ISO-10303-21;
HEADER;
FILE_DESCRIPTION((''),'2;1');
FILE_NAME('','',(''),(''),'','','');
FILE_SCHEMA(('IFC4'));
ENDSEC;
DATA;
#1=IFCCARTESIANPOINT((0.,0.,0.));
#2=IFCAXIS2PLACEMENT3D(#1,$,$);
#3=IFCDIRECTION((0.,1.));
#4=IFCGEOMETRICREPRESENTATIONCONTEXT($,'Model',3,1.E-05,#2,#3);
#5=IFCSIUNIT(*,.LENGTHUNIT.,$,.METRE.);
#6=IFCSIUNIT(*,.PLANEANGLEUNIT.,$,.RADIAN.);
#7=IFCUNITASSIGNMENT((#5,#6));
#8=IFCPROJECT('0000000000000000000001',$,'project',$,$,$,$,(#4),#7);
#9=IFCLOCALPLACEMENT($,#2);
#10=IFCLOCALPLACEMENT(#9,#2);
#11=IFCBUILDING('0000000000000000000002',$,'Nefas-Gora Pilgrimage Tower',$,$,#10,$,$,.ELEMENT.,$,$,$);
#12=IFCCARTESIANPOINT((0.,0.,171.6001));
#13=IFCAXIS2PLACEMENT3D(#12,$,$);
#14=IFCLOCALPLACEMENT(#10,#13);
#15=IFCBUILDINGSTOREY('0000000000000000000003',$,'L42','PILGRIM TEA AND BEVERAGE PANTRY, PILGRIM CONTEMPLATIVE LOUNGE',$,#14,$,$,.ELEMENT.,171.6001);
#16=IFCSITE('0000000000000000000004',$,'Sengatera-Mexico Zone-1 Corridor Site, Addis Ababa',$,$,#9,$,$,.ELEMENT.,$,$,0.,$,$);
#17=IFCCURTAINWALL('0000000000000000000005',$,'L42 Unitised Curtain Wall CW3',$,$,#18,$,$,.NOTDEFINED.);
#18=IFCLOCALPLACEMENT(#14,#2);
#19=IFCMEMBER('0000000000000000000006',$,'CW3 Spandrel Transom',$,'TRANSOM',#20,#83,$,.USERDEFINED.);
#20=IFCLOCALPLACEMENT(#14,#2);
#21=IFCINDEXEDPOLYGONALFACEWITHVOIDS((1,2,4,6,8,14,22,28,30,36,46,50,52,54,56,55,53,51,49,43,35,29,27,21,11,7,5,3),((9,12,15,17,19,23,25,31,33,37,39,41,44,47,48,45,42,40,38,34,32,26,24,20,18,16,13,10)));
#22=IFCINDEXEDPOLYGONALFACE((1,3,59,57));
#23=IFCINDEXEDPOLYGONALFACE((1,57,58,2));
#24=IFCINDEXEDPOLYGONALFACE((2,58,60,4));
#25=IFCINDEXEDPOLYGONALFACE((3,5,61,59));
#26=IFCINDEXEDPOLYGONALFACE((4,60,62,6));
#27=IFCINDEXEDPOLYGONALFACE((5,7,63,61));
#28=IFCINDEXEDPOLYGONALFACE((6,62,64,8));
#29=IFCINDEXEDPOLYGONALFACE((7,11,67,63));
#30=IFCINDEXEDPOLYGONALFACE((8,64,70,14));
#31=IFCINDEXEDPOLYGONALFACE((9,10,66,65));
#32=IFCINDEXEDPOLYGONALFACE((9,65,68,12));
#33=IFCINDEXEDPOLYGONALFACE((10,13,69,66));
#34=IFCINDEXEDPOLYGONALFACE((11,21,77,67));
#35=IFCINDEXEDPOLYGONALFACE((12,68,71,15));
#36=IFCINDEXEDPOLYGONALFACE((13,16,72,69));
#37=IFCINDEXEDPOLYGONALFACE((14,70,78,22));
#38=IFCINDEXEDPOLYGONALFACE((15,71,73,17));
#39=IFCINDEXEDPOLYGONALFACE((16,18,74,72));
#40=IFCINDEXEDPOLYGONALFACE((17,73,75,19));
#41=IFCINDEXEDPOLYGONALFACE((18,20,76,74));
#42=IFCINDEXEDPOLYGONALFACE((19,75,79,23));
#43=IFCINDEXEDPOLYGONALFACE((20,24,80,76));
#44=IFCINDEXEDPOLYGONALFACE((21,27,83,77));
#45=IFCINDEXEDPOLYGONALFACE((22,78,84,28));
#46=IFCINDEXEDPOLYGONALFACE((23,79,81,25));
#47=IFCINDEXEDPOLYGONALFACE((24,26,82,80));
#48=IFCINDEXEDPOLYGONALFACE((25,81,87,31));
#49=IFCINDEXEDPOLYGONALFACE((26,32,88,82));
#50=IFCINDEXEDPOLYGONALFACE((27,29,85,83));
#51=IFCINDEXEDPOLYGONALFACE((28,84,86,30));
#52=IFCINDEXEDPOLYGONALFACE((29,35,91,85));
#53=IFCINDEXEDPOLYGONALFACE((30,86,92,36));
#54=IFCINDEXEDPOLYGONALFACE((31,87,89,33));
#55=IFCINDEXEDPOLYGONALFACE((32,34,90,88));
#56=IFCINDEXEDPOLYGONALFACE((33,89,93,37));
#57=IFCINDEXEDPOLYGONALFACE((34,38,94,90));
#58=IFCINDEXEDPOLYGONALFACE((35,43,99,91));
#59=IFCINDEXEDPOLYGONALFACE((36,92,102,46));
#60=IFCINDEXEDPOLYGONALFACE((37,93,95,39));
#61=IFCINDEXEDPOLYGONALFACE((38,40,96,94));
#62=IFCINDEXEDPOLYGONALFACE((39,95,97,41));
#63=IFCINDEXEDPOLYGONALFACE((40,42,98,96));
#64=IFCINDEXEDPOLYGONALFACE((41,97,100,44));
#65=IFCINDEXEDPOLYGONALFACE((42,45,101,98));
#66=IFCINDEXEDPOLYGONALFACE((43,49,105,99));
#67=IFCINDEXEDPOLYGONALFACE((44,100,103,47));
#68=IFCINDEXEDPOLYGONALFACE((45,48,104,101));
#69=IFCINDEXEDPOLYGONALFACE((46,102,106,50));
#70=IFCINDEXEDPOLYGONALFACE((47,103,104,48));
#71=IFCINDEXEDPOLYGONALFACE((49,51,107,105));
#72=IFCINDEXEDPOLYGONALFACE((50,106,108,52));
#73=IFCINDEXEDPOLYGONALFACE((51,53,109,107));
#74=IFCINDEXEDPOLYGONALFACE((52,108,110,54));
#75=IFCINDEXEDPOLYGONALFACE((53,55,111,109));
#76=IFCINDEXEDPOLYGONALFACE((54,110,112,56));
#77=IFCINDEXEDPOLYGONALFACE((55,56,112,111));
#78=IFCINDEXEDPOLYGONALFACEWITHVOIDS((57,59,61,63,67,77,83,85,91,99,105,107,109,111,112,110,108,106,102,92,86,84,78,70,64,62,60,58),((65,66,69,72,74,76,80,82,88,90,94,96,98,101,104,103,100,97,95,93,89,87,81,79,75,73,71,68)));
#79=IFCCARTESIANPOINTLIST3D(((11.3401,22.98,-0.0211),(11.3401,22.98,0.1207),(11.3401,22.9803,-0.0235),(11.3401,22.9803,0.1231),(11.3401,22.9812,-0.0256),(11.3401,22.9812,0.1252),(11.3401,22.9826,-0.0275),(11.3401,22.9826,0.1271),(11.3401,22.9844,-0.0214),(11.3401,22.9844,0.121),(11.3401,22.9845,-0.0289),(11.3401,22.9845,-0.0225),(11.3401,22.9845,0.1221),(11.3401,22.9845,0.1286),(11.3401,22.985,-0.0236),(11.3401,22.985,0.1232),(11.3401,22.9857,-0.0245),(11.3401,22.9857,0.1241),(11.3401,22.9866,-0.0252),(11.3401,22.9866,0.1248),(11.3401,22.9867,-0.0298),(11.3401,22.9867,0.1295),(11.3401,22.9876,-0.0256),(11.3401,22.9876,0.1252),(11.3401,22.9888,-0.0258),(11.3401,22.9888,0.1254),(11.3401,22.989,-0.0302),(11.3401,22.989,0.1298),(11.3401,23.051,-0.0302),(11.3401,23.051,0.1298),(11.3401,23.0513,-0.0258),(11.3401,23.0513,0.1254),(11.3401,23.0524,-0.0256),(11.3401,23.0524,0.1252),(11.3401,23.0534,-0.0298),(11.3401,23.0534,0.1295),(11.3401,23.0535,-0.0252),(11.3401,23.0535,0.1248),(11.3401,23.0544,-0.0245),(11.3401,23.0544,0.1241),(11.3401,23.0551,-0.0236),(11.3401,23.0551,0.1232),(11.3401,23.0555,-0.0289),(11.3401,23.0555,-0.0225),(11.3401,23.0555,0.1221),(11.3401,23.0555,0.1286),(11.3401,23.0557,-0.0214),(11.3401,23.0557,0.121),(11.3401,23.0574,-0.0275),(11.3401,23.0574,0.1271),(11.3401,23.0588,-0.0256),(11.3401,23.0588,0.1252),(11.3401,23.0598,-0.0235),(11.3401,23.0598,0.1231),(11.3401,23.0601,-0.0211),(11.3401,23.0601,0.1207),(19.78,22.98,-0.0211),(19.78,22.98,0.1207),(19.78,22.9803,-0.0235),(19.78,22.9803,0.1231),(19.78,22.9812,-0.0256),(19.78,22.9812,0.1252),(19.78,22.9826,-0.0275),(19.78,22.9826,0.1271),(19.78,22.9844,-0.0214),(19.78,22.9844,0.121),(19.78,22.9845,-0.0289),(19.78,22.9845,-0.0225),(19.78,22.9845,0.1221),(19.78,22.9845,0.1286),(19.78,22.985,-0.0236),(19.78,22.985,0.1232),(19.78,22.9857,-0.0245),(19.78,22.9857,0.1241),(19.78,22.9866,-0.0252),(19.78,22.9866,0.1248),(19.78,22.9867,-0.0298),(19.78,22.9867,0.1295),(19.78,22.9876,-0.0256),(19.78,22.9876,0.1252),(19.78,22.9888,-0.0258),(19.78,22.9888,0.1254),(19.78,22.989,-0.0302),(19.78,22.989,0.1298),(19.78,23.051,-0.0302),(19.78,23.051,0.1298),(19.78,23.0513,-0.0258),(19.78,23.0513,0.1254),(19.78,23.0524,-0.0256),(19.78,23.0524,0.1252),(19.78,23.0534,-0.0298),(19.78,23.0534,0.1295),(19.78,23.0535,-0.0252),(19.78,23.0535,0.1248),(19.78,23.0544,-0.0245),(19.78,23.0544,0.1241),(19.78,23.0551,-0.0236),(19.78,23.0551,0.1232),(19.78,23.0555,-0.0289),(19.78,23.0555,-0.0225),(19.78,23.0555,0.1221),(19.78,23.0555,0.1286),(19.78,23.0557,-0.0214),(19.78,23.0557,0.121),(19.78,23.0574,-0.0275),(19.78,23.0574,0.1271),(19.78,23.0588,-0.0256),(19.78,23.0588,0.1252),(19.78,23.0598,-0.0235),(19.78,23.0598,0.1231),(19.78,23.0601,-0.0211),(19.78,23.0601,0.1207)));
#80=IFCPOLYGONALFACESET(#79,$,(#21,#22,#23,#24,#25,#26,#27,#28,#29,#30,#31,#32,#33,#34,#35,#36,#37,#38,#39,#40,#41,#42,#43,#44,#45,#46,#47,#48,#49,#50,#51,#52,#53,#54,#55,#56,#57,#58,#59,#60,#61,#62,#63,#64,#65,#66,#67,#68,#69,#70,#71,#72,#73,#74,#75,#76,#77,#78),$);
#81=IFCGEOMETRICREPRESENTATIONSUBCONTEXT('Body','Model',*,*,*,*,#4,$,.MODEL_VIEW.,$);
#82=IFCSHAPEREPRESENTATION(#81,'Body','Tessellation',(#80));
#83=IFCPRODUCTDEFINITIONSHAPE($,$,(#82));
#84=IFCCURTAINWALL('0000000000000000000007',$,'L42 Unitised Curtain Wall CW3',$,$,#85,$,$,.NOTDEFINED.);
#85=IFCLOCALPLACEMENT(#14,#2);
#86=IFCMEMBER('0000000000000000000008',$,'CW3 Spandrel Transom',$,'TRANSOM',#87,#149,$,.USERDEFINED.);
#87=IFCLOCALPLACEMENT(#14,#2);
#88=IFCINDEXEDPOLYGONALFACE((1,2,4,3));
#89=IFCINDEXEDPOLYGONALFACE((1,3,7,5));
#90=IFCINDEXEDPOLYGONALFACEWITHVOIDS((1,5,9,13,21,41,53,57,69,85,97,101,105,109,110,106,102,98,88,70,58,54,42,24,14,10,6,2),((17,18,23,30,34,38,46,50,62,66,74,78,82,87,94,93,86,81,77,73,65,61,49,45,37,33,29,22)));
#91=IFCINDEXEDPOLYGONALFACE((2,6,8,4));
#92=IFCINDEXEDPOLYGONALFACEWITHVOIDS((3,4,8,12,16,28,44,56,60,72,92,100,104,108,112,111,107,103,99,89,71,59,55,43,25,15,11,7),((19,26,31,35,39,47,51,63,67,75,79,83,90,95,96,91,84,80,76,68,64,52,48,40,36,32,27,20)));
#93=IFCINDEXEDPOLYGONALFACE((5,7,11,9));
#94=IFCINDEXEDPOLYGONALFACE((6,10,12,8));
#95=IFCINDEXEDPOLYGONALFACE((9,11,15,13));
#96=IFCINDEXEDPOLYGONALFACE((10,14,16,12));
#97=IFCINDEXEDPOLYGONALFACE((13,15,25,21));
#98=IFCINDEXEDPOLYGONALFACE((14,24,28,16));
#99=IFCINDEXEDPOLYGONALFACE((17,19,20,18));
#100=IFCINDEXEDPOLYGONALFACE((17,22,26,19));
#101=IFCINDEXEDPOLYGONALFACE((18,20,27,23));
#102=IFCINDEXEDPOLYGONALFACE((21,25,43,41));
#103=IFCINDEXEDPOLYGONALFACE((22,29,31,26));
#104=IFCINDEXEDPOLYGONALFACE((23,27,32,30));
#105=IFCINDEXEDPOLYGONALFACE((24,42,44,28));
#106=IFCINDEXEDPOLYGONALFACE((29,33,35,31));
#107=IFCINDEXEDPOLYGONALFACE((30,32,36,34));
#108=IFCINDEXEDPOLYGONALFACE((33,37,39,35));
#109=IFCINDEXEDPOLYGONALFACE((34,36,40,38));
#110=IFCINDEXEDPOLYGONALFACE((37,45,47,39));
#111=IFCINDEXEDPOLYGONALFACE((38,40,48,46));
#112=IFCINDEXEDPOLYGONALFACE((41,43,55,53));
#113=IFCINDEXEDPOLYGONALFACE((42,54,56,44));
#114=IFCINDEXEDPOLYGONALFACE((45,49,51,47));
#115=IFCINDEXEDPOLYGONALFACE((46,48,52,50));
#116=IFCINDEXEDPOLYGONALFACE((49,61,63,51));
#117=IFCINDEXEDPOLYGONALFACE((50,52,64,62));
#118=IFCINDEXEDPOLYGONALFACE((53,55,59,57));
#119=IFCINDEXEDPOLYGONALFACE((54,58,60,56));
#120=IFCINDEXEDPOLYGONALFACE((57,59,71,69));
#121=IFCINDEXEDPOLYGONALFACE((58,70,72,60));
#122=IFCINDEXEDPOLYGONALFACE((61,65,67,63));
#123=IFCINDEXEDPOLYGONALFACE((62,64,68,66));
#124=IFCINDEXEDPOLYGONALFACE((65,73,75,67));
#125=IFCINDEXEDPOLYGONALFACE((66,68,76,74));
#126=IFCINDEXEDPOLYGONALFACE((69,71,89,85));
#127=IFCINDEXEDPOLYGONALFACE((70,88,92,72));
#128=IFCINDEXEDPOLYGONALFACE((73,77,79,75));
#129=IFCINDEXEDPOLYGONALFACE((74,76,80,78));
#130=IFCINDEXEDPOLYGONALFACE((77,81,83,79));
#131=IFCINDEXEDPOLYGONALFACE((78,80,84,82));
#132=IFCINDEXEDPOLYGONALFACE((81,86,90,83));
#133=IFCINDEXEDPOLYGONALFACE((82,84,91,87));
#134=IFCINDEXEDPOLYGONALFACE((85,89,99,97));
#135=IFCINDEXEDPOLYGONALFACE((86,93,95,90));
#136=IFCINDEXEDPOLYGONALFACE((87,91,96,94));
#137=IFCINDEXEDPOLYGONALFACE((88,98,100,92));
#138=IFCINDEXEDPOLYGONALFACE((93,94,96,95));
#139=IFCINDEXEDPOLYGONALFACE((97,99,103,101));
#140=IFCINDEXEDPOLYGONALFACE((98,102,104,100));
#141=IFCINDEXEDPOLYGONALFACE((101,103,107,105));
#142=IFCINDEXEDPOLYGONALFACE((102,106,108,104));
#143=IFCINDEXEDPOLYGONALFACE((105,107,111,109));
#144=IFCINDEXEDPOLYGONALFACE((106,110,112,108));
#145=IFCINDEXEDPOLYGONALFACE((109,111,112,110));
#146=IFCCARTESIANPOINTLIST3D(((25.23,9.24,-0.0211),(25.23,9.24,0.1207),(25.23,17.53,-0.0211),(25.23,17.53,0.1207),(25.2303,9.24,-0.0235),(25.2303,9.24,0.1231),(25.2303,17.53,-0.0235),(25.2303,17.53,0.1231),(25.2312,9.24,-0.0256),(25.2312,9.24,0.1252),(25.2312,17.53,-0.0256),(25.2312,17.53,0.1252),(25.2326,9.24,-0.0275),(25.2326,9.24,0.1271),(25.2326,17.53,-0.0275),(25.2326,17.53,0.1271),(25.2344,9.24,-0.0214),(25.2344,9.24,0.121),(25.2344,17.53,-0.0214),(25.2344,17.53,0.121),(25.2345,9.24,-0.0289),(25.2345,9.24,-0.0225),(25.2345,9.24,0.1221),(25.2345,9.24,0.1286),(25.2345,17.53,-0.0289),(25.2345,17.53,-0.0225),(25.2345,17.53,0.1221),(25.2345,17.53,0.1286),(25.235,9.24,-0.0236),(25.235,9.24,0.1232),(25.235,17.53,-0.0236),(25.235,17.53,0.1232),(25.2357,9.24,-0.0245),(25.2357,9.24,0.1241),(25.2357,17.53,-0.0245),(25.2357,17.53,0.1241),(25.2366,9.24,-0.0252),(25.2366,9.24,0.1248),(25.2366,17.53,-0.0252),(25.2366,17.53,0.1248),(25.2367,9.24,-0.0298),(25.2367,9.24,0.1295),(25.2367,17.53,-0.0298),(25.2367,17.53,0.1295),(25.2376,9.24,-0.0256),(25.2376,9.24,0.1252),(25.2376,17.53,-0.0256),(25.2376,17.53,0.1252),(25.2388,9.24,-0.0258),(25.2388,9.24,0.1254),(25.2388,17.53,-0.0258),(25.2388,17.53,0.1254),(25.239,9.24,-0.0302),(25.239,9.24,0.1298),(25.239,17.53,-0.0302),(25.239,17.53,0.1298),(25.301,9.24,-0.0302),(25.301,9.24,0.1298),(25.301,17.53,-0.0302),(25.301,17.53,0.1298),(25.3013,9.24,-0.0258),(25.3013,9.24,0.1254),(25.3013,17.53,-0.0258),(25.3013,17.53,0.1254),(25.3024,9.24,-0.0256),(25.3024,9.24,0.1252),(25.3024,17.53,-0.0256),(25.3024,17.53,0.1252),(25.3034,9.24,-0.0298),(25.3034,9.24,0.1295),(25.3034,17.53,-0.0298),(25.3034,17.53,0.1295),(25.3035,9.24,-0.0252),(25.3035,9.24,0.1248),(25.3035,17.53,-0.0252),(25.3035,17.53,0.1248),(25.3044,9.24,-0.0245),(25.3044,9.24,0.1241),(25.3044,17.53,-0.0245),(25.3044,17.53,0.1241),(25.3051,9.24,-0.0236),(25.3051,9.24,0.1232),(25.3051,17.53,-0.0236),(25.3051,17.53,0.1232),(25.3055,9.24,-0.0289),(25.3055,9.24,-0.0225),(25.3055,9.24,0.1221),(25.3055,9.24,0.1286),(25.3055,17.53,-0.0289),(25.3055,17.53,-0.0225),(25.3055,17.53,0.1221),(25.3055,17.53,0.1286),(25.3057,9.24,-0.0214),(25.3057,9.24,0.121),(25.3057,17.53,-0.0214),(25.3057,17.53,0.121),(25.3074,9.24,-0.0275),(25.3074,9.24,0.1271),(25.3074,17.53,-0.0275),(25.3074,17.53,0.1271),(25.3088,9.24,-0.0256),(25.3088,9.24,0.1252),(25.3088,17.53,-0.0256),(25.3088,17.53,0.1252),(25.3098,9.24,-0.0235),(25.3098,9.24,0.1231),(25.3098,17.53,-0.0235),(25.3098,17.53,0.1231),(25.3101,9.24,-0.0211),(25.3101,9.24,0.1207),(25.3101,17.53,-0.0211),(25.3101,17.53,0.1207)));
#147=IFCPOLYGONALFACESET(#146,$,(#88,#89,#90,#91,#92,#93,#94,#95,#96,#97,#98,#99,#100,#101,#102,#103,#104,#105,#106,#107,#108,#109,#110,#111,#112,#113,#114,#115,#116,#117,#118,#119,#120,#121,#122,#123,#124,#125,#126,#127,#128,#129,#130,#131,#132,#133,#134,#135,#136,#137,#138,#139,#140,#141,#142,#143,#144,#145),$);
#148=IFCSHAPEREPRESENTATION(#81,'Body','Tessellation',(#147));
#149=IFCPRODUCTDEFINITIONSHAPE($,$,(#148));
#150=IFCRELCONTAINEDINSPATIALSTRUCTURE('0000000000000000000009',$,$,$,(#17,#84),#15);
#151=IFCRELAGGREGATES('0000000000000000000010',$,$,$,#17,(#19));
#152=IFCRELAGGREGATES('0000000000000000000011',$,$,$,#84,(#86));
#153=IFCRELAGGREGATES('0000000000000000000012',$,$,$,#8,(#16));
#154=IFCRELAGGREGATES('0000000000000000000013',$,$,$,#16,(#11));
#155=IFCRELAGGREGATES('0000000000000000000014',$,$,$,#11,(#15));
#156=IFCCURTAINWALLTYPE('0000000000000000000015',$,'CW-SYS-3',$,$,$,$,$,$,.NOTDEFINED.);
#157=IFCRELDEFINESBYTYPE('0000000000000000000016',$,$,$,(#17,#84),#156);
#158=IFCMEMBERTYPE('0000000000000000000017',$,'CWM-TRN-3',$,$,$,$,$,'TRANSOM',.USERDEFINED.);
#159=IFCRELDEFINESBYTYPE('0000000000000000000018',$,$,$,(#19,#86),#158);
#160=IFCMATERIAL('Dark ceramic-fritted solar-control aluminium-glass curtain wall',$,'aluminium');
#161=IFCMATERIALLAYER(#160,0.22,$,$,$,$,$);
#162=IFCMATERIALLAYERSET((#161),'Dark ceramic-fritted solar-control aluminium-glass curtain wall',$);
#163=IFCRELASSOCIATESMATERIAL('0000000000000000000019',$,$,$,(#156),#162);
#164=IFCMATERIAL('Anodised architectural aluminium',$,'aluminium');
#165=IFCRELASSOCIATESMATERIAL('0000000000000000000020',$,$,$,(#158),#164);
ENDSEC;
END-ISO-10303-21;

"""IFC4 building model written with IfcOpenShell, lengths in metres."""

from ifc_helpers import new_model, si_unit, direction, frame, origin, origin_2d, place, context, subcontext, project, spatial, hollow_rectangle, extrude, source, transform, mapped, material, layer, layer_set, material_profile, profile_set, type_object, element, aggregate, save


model = new_model("IFC4")

# Units and contexts
model_context = context("Model", 3, precision=1e-05, world=origin(), true_north=direction((0.0, 1.0)))
body_context = subcontext(model_context, "Body", "Model", "MODEL_VIEW")
ifc_project = project(units=[si_unit("LENGTHUNIT", "METRE"), si_unit("PLANEANGLEUNIT", "RADIAN")], contexts=[model_context])

# Site, building, storey
site_placement = place(None, origin())
site = spatial("IfcSite", under=ifc_project, at=site_placement, Name="Sengatera-Mexico Zone-1 Corridor Site, Addis Ababa", CompositionType="ELEMENT", RefElevation=0.0)
building_placement = place(site_placement, origin())
building = spatial("IfcBuilding", under=site, at=building_placement, Name="Nefas-Gora Pilgrimage Tower", CompositionType="ELEMENT")
storey_placement = place(building_placement, frame((0.0, 0.0, 171.6001)))
storey = spatial("IfcBuildingStorey", under=building, at=storey_placement, Name="L42", Description="PILGRIM TEA AND BEVERAGE PANTRY, PILGRIM CONTEMPLATIVE LOUNGE", CompositionType="ELEMENT", Elevation=171.6001)

# Curtain wall, member
ifc_material_1 = material(Name="Dark ceramic-fritted solar-control aluminium-glass curtain wall", Category="aluminium")
ifc_layer_1 = layer(ifc_material_1, 0.22)
ifc_layer_set_1 = layer_set([ifc_layer_1], Name="Dark ceramic-fritted solar-control aluminium-glass curtain wall")
curtain_wall_type = type_object("IfcCurtainWallType", Name="CW-SYS-3", PredefinedType="NOTDEFINED", material=ifc_layer_set_1)
curtain_wall_1_placement = place(storey_placement, origin())
curtain_wall_1 = element("IfcCurtainWall", 1, at=curtain_wall_1_placement, inside=storey, type_object=curtain_wall_type, Name="L42 Unitised Curtain Wall CW3", PredefinedType="NOTDEFINED")
ifc_material_2 = material(Name="Anodised architectural aluminium", Category="aluminium")
ifc_material_profile_1 = material_profile(ifc_material_2, hollow_rectangle(XDim=0.0801, YDim=0.1599, WallThickness=0.0044, InnerFilletRadius=0.0044, OuterFilletRadius=0.009, at=origin_2d()), Name="ALU TRANSOM 80x160")
ifc_profile_set_1 = profile_set([ifc_material_profile_1], Name="Anodised architectural aluminium")
member_type_1 = type_object("IfcMemberType", Name="CWM-TRN-3", ElementType="TRANSOM", PredefinedType="USERDEFINED", material=ifc_profile_set_1)
shared_shape_1 = source(origin(), body_context, "Body", "SweptSolid", [
    extrude(hollow_rectangle(XDim=0.0801, YDim=0.1599, WallThickness=0.0044, InnerFilletRadius=0.0044, OuterFilletRadius=0.009, at=origin_2d()), origin(), (0.0, 0.0, 1.0), 8.4399),
])
member_1_placement = place(storey_placement, frame((19.78, 23.02, 0.0498), z_axis=(-1.0, 0.0, 0.0), x_axis=(0.0, -1.0, 0.0)))
member_1 = element("IfcMember", 2, at=member_1_placement, type_object=member_type_1, Name="CW3 Spandrel Transom", ObjectType="TRANSOM", PredefinedType="USERDEFINED", context=body_context, shape_type="MappedRepresentation", body=[
    mapped(shared_shape_1, transform((0.0, 0.0, 0.0), x_axis=(1.0, 0.0, 0.0), y_axis=(0.0, 1.0, 0.0), z_axis=(0.0, 0.0, 1.0), scale=1.0)),
])

# Curtain wall, member
curtain_wall_2_placement = place(storey_placement, origin())
curtain_wall_2 = element("IfcCurtainWall", 3, at=curtain_wall_2_placement, inside=storey, type_object=curtain_wall_type, Name="L42 Unitised Curtain Wall CW3", PredefinedType="NOTDEFINED")
shared_shape_2 = source(origin(), body_context, "Body", "SweptSolid", [
    extrude(hollow_rectangle(XDim=0.0801, YDim=0.1599, WallThickness=0.0044, InnerFilletRadius=0.0044, OuterFilletRadius=0.009, at=origin_2d()), origin(), (0.0, 0.0, 1.0), 8.29),
])
member_2_placement = place(storey_placement, frame((25.27, 9.24, 0.0498), z_axis=(0.0, 1.0, 0.0), x_axis=(-1.0, 0.0, 0.0)))
member_2 = element("IfcMember", 4, at=member_2_placement, type_object=member_type_1, Name="CW3 Spandrel Transom", ObjectType="TRANSOM", PredefinedType="USERDEFINED", context=body_context, shape_type="MappedRepresentation", body=[
    mapped(shared_shape_2, transform((0.0, 0.0, 0.0), x_axis=(1.0, 0.0, 0.0), y_axis=(0.0, 1.0, 0.0), z_axis=(0.0, 0.0, 1.0), scale=1.0)),
])

aggregate(curtain_wall_1, [member_1])
aggregate(curtain_wall_2, [member_2])

save(model, "model.ifc")
